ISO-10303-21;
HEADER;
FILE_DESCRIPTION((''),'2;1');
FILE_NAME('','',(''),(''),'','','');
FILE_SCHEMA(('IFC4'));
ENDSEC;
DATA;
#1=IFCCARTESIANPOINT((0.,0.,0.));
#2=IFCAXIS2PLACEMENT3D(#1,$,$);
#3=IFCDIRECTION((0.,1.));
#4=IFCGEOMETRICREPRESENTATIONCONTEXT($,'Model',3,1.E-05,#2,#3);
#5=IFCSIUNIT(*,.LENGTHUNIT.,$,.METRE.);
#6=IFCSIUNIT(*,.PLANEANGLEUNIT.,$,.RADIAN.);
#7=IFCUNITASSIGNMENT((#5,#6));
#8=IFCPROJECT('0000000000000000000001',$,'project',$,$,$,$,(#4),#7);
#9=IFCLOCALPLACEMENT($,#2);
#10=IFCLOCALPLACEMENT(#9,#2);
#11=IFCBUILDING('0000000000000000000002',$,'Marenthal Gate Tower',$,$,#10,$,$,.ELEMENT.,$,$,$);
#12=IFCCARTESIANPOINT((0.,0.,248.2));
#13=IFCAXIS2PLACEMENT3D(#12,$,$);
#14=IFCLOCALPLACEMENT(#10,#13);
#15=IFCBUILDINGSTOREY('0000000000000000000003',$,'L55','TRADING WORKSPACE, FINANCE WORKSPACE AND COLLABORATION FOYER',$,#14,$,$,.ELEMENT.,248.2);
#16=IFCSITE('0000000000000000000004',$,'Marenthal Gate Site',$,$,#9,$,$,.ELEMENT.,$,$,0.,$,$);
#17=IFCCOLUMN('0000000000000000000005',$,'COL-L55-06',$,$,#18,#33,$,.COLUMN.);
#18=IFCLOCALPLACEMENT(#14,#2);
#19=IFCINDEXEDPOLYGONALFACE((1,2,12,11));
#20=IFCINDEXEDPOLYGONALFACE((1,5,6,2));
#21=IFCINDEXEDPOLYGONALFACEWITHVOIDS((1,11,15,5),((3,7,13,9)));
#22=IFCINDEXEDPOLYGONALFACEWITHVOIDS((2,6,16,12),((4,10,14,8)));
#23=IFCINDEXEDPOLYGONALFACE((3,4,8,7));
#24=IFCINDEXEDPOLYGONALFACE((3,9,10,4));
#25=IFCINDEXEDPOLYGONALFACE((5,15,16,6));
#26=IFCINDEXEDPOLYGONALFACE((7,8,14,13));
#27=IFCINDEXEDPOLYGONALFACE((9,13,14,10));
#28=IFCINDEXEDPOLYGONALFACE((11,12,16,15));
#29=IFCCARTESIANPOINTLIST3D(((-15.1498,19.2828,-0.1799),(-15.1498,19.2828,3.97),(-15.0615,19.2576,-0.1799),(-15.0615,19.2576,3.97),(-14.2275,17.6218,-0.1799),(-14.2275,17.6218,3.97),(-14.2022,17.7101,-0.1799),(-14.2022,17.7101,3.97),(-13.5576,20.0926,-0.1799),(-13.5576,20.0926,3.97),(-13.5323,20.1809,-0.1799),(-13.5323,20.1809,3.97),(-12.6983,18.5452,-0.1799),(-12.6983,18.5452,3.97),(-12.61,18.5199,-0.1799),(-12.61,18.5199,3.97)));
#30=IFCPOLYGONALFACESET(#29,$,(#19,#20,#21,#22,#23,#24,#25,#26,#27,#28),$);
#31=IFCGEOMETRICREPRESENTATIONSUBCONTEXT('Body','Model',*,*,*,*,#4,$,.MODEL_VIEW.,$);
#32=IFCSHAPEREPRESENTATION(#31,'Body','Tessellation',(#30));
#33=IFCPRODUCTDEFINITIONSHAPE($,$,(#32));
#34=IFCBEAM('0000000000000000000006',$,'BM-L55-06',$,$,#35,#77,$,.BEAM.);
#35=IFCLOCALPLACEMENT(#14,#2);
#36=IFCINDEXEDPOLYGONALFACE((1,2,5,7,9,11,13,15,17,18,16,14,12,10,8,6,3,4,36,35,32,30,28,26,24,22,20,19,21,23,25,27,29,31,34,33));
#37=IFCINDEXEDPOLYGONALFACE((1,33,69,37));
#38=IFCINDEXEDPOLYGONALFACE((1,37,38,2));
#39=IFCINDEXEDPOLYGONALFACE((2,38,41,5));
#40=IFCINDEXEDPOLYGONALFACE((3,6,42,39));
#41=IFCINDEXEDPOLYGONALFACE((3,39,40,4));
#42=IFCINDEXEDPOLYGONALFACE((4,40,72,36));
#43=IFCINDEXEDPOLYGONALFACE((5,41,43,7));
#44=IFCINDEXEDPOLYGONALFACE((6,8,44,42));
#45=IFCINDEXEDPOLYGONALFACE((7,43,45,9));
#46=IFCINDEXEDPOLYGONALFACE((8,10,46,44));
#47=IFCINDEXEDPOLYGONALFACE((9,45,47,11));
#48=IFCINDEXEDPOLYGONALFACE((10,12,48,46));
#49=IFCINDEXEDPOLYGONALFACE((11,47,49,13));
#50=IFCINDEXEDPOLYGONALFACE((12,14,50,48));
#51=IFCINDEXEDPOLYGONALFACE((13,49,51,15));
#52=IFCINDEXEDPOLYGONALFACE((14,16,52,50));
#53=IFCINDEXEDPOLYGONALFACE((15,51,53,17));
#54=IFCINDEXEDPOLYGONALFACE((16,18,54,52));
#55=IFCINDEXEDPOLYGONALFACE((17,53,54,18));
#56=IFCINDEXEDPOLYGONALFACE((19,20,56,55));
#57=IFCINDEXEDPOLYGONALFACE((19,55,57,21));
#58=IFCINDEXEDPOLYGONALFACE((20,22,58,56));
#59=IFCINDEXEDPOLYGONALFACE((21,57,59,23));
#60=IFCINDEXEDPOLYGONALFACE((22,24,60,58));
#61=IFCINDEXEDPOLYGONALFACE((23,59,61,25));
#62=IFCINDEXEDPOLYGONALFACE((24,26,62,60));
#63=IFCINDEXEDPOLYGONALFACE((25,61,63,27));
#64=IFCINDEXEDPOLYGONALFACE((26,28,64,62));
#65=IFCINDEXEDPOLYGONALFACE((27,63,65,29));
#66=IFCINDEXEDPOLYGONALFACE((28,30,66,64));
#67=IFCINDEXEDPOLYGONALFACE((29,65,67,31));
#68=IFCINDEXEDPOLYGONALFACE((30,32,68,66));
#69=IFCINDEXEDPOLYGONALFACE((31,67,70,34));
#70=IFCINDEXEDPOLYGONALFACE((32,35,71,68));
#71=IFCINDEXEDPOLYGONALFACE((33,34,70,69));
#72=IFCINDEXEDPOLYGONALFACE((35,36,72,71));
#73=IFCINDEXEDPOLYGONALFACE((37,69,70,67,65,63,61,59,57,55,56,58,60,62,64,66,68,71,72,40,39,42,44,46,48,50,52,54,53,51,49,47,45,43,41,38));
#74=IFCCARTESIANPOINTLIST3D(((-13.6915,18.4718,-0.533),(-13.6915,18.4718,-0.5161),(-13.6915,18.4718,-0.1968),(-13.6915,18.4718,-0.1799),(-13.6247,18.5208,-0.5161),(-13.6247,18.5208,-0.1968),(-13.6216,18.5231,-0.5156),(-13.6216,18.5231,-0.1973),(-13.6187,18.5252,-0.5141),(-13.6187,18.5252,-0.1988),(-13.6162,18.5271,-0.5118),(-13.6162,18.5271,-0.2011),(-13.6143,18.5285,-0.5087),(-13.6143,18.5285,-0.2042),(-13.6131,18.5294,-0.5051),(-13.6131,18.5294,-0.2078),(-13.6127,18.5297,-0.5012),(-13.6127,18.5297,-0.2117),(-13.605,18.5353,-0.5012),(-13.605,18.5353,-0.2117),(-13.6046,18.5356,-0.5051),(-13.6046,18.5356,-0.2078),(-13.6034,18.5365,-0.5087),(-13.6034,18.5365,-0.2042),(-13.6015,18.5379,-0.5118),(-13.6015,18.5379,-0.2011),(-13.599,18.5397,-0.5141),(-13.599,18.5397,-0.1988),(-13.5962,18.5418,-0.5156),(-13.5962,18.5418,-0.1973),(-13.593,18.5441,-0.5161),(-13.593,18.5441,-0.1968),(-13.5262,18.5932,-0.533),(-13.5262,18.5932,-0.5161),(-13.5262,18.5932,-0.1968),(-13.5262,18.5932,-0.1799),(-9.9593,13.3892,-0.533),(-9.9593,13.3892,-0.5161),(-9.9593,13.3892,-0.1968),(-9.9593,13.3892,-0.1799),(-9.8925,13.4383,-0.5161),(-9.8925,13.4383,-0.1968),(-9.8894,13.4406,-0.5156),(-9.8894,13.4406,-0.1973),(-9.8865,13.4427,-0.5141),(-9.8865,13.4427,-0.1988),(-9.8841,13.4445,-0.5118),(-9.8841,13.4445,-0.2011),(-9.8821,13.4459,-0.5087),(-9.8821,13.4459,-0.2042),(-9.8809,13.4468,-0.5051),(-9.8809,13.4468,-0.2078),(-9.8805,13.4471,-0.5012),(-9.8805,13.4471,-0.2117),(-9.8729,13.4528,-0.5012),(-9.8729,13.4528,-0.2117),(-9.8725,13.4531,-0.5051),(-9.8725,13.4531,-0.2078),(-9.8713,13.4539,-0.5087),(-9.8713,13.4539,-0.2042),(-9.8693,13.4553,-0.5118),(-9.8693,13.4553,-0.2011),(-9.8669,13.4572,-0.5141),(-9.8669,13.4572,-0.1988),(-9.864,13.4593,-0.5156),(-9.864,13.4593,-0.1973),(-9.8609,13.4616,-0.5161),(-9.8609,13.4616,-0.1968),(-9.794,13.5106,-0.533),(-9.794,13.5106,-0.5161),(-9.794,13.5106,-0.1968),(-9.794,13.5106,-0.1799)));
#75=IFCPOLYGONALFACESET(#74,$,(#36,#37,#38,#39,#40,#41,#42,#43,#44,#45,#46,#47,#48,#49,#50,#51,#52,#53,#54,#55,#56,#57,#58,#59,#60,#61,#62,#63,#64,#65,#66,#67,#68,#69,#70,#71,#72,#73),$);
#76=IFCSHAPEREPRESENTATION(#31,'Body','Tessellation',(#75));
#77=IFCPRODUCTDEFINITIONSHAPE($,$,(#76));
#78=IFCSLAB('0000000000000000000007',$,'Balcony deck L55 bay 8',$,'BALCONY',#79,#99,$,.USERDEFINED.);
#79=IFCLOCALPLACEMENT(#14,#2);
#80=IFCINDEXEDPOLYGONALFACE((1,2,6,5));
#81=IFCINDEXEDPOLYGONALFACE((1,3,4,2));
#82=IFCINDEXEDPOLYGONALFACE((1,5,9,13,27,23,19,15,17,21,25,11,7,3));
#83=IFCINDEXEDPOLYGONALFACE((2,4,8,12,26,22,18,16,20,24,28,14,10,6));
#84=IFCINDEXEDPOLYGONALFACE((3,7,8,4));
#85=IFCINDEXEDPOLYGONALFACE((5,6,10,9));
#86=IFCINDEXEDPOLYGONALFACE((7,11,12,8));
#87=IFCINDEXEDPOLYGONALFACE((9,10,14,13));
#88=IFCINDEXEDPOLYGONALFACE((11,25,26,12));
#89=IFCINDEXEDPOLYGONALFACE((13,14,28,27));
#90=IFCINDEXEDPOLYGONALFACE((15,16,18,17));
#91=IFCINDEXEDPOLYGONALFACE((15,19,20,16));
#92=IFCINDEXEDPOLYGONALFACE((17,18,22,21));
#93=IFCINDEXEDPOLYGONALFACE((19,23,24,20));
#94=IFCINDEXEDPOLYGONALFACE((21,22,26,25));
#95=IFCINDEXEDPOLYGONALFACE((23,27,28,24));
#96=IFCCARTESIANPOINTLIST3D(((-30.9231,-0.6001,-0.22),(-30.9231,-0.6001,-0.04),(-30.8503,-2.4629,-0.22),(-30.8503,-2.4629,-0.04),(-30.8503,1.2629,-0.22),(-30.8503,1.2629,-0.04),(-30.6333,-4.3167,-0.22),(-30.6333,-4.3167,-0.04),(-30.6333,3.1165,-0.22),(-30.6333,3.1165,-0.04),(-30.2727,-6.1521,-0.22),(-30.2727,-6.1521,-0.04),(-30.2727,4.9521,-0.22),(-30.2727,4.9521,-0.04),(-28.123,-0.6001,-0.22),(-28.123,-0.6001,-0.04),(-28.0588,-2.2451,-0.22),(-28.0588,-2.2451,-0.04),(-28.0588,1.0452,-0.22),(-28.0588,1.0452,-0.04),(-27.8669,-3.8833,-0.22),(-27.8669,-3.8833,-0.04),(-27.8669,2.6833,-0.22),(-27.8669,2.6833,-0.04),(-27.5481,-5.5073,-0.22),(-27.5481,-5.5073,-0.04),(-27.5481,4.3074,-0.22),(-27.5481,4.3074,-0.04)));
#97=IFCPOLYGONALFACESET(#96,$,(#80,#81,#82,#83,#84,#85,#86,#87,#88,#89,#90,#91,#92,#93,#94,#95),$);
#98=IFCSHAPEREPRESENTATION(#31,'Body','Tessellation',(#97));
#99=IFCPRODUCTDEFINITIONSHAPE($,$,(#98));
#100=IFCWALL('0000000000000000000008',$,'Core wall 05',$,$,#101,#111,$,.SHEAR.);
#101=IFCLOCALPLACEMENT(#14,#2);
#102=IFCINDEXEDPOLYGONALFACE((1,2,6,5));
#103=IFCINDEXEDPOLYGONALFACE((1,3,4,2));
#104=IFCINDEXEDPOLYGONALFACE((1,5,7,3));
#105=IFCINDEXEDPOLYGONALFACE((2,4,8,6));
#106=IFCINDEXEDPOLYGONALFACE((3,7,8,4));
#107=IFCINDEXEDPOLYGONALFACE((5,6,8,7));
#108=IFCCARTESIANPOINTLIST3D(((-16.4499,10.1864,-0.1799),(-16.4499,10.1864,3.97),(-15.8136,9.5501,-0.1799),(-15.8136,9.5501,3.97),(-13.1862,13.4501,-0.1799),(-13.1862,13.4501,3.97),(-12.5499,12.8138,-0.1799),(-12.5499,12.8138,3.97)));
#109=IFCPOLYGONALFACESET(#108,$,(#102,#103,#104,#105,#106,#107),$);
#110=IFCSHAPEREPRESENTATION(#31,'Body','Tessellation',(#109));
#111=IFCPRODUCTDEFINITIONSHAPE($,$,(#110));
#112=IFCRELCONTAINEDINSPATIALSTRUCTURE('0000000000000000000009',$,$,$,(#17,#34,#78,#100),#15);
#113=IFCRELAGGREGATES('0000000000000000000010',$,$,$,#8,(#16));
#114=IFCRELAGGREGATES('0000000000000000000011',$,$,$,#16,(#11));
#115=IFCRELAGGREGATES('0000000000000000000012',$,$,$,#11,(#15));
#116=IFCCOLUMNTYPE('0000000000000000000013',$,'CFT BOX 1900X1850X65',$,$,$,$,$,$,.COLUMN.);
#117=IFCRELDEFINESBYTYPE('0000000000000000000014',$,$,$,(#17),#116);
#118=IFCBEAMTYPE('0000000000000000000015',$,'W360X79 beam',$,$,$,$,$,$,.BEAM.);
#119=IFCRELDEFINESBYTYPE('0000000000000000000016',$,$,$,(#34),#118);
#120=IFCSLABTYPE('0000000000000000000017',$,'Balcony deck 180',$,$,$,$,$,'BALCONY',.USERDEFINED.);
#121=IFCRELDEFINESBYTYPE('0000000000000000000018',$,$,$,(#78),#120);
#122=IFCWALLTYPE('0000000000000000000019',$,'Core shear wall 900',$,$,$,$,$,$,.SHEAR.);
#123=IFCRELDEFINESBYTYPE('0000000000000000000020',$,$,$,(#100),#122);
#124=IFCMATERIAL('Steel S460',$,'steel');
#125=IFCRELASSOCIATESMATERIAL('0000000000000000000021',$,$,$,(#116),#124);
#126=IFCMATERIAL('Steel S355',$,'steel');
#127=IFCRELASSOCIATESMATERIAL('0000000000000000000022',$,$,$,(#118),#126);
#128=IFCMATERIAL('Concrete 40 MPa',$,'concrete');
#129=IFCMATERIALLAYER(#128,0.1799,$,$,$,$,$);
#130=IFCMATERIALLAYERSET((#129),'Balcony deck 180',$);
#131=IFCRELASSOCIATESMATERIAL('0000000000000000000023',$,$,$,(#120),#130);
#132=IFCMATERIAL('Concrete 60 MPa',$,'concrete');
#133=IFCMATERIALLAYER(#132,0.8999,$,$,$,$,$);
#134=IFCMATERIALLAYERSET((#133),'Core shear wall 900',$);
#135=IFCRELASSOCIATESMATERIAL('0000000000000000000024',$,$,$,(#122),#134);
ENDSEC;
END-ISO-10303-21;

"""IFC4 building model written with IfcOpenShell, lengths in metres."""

from ifc_helpers import new_model, si_unit, direction, frame, frame_2d, origin, origin_2d, place, context, subcontext, project, spatial, polyline, rectangle, hollow_rectangle, i_section, outline, extrude, material, layer, layer_set, material_profile, profile_set, type_object, element, save


model = new_model("IFC4")

# Units and contexts
model_context = context("Model", 3, precision=1e-05, world=origin(), true_north=direction((0.0, 1.0)))
body_context = subcontext(model_context, "Body", "Model", "MODEL_VIEW")
ifc_project = project(units=[si_unit("LENGTHUNIT", "METRE"), si_unit("PLANEANGLEUNIT", "RADIAN")], contexts=[model_context])

# Site, building, storey
site_placement = place(None, origin())
site = spatial("IfcSite", under=ifc_project, at=site_placement, Name="Marenthal Gate Site", CompositionType="ELEMENT", RefElevation=0.0)
building_placement = place(site_placement, origin())
building = spatial("IfcBuilding", under=site, at=building_placement, Name="Marenthal Gate Tower", CompositionType="ELEMENT")
storey_placement = place(building_placement, frame((0.0, 0.0, 248.2)))
storey = spatial("IfcBuildingStorey", under=building, at=storey_placement, Name="L55", Description="TRADING WORKSPACE, FINANCE WORKSPACE AND COLLABORATION FOYER", CompositionType="ELEMENT", Elevation=248.2)

# Column
ifc_material_1 = material(Name="Steel S460", Category="steel")
ifc_material_profile_1 = material_profile(ifc_material_1, hollow_rectangle(XDim=1.8501, YDim=1.8999, WallThickness=0.0649, at=origin_2d()), Name="CFT BOX 1900X1850X65")
ifc_material_2 = material(Name="Concrete 70 MPa", Category="concrete")
ifc_material_profile_2 = material_profile(ifc_material_2, rectangle(XDim=1.72, YDim=1.77, at=origin_2d()), Name="CFT BOX 1900X1850X65 INFILL")
ifc_profile_set_1 = profile_set([ifc_material_profile_1, ifc_material_profile_2], Name="Steel S460 shell, Concrete 70 MPa infill")
column_type = type_object("IfcColumnType", Name="CFT BOX 1900X1850X65", PredefinedType="COLUMN", material=ifc_profile_set_1)
column_placement = place(storey_placement, frame((-13.8799, 18.9014, -0.1799), z_axis=(0.0, 0.0, 1.0), x_axis=(0.874262, 0.485454, 0.0)))
element("IfcColumn", 1, at=column_placement, inside=storey, type_object=column_type, Name="COL-L55-06", PredefinedType="COLUMN", context=body_context, shape_type="SweptSolid", body=[
    extrude(hollow_rectangle(XDim=1.8501, YDim=1.8999, WallThickness=0.0649, at=origin_2d()), origin(), (0.0, 0.0, 1.0), 4.1499),
])

# Beam
ifc_material_3 = material(Name="Steel S355", Category="steel")
ifc_material_profile_3 = material_profile(ifc_material_3, i_section(OverallWidth=0.2051, OverallDepth=0.353, WebThickness=0.0095, FlangeThickness=0.0168, FilletRadius=0.0149, at=origin_2d()), Name="W360X79")
ifc_profile_set_2 = profile_set([ifc_material_profile_3], Name="Steel S355")
beam_type = type_object("IfcBeamType", Name="W360X79 beam", PredefinedType="BEAM", material=ifc_profile_set_2)
beam_placement = place(storey_placement, frame((-13.6089, 18.5325, -0.3564), z_axis=(0.591879, -0.806027, 0.0), x_axis=(0.806027, 0.591879, 0.0)))
element("IfcBeam", 2, at=beam_placement, inside=storey, type_object=beam_type, Name="BM-L55-06", PredefinedType="BEAM", context=body_context, shape_type="SweptSolid", body=[
    extrude(i_section(OverallWidth=0.2051, OverallDepth=0.353, WebThickness=0.0095, FlangeThickness=0.0168, FilletRadius=0.0149, at=origin_2d()), origin(), (0.0, 0.0, 1.0), 6.3057),
])

# Slab
ifc_material_4 = material(Name="Concrete 40 MPa", Category="concrete")
ifc_layer_1 = layer(ifc_material_4, 0.1799)
ifc_layer_set_1 = layer_set([ifc_layer_1], Name="Balcony deck 180")
slab_type = type_object("IfcSlabType", Name="Balcony deck 180", ElementType="BALCONY", PredefinedType="USERDEFINED", material=ifc_layer_set_1)
slab_placement = place(storey_placement, frame((0.0, 0.0, -0.22)))
element("IfcSlab", 3, at=slab_placement, inside=storey, type_object=slab_type, Name="Balcony deck L55 bay 8", ObjectType="BALCONY", PredefinedType="USERDEFINED", context=body_context, shape_type="SweptSolid", body=[
    extrude(outline(polyline([(-27.5481, 4.3074), (-27.8669, 2.6833), (-28.0588, 1.0452), (-28.123, -0.6001), (-28.0588, -2.2451), (-27.8669, -3.8833), (-27.5481, -5.5073), (-30.2727, -6.1521), (-30.6333, -4.3167), (-30.8503, -2.4629), (-30.9231, -0.6001), (-30.8503, 1.2629), (-30.6333, 3.1165), (-30.2727, 4.9521), (-27.5481, 4.3074)])), origin(), (0.0, 0.0, 1.0), 0.1799),
])

# Wall
ifc_material_5 = material(Name="Concrete 60 MPa", Category="concrete")
ifc_layer_2 = layer(ifc_material_5, 0.8999)
ifc_layer_set_2 = layer_set([ifc_layer_2], Name="Core shear wall 900")
wall_type_1 = type_object("IfcWallType", Name="Core shear wall 900", PredefinedType="SHEAR", material=ifc_layer_set_2)
wall_1_placement = place(storey_placement, frame((-12.8682, 13.1318, -0.1799), z_axis=(0.0, 0.0, 1.0), x_axis=(-0.707107, -0.707107, 0.0)))
element("IfcWall", 4, at=wall_1_placement, inside=storey, type_object=wall_type_1, Name="Core wall 05", PredefinedType="SHEAR", context=body_context, shape_type="SweptSolid", body=[
    extrude(rectangle(XDim=4.6155, YDim=0.8999, at=frame_2d((2.3076, 0.0))), origin(), (0.0, 0.0, 1.0), 4.1499),
])

save(model, "model.ifc")
